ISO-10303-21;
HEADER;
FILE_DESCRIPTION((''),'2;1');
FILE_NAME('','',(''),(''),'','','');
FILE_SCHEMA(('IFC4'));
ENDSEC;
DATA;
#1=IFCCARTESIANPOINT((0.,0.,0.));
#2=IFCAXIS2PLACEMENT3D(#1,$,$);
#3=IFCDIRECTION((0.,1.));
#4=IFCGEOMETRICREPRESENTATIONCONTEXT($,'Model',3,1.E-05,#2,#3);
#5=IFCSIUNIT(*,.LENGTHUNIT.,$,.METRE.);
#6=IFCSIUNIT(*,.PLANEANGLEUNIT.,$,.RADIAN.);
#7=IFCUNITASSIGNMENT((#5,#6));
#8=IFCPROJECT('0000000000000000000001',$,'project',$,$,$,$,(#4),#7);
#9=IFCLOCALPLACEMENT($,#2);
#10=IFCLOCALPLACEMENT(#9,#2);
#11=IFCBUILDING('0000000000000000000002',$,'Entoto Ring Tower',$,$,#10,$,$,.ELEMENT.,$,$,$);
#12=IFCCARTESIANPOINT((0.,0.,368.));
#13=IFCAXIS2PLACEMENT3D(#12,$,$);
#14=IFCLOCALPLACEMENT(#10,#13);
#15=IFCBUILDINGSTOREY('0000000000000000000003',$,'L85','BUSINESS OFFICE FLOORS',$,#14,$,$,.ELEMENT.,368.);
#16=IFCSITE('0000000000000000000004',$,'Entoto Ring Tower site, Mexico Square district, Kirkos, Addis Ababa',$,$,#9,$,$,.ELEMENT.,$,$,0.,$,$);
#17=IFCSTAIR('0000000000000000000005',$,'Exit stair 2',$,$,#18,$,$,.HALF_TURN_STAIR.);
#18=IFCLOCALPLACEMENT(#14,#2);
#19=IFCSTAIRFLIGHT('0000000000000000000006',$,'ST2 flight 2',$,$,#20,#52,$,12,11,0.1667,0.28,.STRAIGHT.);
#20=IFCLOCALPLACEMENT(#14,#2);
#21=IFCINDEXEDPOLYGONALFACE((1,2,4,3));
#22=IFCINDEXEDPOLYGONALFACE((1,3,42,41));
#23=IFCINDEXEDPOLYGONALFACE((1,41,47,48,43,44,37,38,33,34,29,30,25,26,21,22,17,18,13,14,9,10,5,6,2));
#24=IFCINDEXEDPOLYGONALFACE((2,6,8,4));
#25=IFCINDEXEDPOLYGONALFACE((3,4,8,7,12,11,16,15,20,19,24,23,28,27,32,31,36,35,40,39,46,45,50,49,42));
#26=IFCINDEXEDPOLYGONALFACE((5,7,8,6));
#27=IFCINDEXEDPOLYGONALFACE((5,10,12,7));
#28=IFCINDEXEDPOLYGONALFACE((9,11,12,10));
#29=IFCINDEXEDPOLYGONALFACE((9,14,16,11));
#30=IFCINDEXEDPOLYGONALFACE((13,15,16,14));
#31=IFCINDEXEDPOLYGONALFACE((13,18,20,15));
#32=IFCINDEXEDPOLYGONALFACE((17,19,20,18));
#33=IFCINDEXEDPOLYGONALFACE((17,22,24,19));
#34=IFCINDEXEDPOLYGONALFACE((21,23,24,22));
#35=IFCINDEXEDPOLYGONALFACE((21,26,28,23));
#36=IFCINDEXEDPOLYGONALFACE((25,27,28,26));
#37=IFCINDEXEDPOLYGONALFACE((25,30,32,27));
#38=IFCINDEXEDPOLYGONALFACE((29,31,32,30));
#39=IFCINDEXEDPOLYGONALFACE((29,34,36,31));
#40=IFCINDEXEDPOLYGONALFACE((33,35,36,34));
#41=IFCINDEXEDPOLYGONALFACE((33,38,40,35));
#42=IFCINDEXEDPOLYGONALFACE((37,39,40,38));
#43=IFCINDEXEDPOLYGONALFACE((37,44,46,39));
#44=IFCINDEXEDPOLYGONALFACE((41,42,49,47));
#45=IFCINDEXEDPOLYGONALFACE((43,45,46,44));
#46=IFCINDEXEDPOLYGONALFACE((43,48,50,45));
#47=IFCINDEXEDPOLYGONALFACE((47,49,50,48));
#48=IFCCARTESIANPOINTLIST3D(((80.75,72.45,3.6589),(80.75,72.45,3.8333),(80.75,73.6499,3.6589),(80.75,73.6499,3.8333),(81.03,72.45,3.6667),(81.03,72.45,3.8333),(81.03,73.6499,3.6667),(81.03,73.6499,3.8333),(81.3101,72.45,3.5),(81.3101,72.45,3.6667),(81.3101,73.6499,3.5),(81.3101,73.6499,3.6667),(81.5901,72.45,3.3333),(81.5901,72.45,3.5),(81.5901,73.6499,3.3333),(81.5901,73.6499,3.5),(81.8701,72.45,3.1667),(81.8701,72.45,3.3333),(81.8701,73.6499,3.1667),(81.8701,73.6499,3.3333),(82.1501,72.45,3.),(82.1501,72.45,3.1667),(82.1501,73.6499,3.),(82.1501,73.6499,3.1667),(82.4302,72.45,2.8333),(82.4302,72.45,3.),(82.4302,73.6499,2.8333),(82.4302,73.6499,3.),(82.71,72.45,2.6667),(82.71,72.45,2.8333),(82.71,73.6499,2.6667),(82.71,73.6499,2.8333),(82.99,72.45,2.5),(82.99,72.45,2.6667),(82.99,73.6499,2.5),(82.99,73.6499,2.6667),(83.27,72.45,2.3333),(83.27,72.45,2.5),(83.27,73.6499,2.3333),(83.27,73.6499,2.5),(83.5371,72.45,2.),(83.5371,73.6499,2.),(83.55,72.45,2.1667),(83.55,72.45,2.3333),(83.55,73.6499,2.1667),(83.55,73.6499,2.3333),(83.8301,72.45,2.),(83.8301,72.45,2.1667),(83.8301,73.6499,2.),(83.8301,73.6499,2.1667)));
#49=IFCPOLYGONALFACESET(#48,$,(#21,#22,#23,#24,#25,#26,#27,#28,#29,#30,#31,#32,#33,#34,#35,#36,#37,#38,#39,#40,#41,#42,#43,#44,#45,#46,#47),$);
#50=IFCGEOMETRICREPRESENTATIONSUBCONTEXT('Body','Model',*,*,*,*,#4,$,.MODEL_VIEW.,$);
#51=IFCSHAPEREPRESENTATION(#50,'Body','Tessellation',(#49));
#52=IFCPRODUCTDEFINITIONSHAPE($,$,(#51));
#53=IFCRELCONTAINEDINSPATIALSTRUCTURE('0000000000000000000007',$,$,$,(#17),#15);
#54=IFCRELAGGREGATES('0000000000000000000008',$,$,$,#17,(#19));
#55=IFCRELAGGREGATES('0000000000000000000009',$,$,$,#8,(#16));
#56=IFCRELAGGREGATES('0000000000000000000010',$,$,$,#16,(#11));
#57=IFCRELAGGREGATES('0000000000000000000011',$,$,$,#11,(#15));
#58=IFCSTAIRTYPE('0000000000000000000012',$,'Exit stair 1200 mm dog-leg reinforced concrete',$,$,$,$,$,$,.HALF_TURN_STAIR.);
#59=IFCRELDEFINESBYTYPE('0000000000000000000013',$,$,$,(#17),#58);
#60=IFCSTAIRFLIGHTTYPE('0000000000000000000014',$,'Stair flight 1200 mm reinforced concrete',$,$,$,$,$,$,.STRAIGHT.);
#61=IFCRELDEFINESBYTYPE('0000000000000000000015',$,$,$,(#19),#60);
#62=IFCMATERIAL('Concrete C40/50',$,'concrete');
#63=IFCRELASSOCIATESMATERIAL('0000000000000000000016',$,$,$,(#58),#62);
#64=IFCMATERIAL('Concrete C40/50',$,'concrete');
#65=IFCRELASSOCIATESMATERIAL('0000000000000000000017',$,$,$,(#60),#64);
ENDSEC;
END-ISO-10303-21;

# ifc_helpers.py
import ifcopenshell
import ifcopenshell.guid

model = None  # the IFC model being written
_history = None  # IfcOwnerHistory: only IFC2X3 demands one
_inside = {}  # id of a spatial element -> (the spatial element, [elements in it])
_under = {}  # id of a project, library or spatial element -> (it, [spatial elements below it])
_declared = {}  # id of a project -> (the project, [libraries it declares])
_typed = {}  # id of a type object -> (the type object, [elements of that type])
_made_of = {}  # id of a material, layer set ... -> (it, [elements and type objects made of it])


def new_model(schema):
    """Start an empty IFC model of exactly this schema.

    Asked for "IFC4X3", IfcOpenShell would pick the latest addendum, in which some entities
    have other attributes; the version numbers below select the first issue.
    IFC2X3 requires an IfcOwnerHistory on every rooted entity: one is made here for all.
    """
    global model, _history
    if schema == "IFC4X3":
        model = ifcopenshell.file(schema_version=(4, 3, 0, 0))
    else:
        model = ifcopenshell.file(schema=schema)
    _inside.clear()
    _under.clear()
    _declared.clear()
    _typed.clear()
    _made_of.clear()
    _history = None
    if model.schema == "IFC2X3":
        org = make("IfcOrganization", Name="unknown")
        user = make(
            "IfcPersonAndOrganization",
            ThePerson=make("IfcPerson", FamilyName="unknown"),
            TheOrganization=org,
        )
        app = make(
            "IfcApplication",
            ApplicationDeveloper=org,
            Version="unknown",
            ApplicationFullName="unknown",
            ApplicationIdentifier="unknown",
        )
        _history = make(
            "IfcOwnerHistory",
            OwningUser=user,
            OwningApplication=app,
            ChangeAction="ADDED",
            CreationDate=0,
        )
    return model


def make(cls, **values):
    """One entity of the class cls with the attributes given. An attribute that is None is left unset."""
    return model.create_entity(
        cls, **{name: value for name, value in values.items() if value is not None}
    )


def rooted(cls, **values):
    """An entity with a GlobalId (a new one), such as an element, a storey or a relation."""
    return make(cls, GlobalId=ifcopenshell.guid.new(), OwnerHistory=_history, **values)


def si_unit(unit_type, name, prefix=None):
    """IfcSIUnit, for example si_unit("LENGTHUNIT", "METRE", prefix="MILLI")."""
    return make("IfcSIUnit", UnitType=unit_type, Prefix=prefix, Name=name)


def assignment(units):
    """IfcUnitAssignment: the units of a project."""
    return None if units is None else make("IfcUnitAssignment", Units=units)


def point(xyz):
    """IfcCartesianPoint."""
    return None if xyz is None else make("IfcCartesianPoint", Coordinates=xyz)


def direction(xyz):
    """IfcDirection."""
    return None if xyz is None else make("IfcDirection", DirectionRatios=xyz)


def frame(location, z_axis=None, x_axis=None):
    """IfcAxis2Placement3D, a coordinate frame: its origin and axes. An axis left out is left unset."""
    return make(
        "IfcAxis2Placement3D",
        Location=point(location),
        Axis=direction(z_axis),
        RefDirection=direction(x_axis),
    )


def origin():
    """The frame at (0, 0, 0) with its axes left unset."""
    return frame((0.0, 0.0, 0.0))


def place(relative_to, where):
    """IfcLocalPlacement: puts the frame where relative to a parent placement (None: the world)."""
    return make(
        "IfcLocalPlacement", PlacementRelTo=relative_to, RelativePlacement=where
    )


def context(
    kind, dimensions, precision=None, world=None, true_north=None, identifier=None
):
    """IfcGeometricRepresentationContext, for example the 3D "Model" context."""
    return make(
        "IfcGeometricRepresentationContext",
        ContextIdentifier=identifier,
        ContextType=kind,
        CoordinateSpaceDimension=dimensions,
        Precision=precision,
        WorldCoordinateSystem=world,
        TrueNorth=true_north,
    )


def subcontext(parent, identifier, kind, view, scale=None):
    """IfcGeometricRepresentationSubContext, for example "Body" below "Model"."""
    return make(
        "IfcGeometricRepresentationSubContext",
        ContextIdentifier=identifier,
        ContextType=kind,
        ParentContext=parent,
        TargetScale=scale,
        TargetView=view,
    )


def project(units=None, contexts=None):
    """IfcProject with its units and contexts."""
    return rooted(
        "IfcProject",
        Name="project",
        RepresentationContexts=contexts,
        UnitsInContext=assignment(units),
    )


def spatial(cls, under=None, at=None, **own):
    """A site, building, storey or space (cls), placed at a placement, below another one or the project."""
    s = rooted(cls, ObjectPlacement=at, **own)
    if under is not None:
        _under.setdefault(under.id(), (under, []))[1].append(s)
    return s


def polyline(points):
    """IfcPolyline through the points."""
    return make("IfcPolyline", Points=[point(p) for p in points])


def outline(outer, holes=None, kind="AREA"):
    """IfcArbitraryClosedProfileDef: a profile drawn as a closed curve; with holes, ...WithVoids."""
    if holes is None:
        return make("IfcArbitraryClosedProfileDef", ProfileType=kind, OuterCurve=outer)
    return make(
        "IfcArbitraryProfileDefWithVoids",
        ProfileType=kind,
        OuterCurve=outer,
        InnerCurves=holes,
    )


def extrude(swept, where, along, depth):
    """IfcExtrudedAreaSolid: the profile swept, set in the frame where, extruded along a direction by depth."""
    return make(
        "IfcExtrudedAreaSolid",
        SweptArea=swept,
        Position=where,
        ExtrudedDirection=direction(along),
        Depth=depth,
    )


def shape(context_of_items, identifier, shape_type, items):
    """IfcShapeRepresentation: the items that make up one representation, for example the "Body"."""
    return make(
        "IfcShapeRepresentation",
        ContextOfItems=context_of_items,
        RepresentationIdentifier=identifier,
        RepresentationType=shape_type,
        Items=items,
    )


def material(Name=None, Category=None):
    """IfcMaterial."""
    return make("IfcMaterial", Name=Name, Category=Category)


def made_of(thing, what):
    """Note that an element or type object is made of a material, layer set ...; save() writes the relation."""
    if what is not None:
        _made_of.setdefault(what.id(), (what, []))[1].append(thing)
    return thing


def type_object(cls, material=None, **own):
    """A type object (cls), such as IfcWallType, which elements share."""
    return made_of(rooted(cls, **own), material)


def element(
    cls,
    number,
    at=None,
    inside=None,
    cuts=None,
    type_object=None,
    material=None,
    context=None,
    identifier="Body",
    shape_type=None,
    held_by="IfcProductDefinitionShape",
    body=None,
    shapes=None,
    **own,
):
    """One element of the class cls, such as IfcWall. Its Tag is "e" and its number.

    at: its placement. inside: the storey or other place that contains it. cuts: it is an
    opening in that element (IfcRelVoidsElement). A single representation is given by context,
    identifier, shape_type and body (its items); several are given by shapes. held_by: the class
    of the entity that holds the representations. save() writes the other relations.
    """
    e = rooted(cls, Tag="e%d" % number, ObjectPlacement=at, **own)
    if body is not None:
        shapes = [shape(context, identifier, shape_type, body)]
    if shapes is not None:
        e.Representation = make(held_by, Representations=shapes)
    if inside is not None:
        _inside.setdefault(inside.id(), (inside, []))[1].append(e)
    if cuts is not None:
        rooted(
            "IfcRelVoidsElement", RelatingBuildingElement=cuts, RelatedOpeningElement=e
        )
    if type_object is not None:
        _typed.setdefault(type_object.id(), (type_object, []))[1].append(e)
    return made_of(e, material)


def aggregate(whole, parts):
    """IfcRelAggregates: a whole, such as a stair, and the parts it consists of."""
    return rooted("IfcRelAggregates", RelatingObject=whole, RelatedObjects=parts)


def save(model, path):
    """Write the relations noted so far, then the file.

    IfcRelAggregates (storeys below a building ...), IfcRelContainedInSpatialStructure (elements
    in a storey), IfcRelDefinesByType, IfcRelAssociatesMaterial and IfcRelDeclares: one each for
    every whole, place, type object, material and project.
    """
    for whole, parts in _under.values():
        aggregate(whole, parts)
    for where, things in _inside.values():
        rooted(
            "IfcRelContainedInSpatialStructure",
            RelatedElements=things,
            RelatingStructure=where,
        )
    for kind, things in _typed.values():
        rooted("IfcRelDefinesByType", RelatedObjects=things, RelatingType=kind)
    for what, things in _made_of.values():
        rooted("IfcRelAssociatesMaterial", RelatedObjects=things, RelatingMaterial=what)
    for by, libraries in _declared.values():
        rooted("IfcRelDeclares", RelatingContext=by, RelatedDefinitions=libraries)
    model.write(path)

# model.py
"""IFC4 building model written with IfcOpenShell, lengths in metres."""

from ifc_helpers import new_model, si_unit, direction, frame, origin, place, context, subcontext, project, spatial, polyline, outline, extrude, material, type_object, element, aggregate, save


model = new_model("IFC4")

# Units and contexts
model_context = context("Model", 3, precision=1e-05, world=origin(), true_north=direction((0.0, 1.0)))
body_context = subcontext(model_context, "Body", "Model", "MODEL_VIEW")
ifc_project = project(units=[si_unit("LENGTHUNIT", "METRE"), si_unit("PLANEANGLEUNIT", "RADIAN")], contexts=[model_context])

# Site, building, storey
site_placement = place(None, origin())
site = spatial("IfcSite", under=ifc_project, at=site_placement, Name="Entoto Ring Tower site, Mexico Square district, Kirkos, Addis Ababa", CompositionType="ELEMENT", RefElevation=0.0)
building_placement = place(site_placement, origin())
building = spatial("IfcBuilding", under=site, at=building_placement, Name="Entoto Ring Tower", CompositionType="ELEMENT")
storey_placement = place(building_placement, frame((0.0, 0.0, 368.0)))
storey = spatial("IfcBuildingStorey", under=building, at=storey_placement, Name="L85", Description="BUSINESS OFFICE FLOORS", CompositionType="ELEMENT", Elevation=368.0)

# Stair, stair flight
ifc_material_1 = material(Name="Concrete C40/50", Category="concrete")
stair_type = type_object("IfcStairType", Name="Exit stair 1200 mm dog-leg reinforced concrete", PredefinedType="HALF_TURN_STAIR", material=ifc_material_1)
stair_placement = place(storey_placement, origin())
stair = element("IfcStair", 1, at=stair_placement, inside=storey, type_object=stair_type, Name="Exit stair 2", PredefinedType="HALF_TURN_STAIR")
ifc_material_2 = material(Name="Concrete C40/50", Category="concrete")
stair_flight_type = type_object("IfcStairFlightType", Name="Stair flight 1200 mm reinforced concrete", PredefinedType="STRAIGHT", material=ifc_material_2)
stair_flight_1_placement = place(storey_placement, frame((83.8301, 73.05, 2.0), z_axis=(0.0, 0.0, 1.0), x_axis=(-1.0, 0.0, 0.0)))
stair_flight_1 = element("IfcStairFlight", 2, at=stair_flight_1_placement, type_object=stair_flight_type, Name="ST2 flight 2", NumberOfRisers=12, NumberOfTreads=11, PredefinedType="STRAIGHT", RiserHeight=0.1667, TreadLength=0.28, context=body_context, shape_type="SweptSolid", body=[
    extrude(outline(polyline([(0.0, 0.0), (0.0, 0.1667), (0.28, 0.1667), (0.28, 0.3333), (0.5601, 0.3333), (0.5601, 0.5), (0.8401, 0.5), (0.8401, 0.6667), (1.1201, 0.6667), (1.1201, 0.8333), (1.3999, 0.8333), (1.3999, 1.0), (1.6799, 1.0), (1.6799, 1.1667), (1.96, 1.1667), (1.96, 1.3333), (2.24, 1.3333), (2.24, 1.5), (2.52, 1.5), (2.52, 1.6667), (2.8, 1.6667), (2.8, 1.8333), (3.0801, 1.8333), (3.0801, 2.0), (3.0801, 1.6589), (0.293, 0.0), (0.0, 0.0)])), frame((0.0, 0.6001, 0.0), z_axis=(0.0, -1.0, 0.0), x_axis=(1.0, 0.0, 0.0)), (0.0, 0.0, 1.0), 1.2),
])
aggregate(stair, [stair_flight_1])

save(model, "model.ifc")
